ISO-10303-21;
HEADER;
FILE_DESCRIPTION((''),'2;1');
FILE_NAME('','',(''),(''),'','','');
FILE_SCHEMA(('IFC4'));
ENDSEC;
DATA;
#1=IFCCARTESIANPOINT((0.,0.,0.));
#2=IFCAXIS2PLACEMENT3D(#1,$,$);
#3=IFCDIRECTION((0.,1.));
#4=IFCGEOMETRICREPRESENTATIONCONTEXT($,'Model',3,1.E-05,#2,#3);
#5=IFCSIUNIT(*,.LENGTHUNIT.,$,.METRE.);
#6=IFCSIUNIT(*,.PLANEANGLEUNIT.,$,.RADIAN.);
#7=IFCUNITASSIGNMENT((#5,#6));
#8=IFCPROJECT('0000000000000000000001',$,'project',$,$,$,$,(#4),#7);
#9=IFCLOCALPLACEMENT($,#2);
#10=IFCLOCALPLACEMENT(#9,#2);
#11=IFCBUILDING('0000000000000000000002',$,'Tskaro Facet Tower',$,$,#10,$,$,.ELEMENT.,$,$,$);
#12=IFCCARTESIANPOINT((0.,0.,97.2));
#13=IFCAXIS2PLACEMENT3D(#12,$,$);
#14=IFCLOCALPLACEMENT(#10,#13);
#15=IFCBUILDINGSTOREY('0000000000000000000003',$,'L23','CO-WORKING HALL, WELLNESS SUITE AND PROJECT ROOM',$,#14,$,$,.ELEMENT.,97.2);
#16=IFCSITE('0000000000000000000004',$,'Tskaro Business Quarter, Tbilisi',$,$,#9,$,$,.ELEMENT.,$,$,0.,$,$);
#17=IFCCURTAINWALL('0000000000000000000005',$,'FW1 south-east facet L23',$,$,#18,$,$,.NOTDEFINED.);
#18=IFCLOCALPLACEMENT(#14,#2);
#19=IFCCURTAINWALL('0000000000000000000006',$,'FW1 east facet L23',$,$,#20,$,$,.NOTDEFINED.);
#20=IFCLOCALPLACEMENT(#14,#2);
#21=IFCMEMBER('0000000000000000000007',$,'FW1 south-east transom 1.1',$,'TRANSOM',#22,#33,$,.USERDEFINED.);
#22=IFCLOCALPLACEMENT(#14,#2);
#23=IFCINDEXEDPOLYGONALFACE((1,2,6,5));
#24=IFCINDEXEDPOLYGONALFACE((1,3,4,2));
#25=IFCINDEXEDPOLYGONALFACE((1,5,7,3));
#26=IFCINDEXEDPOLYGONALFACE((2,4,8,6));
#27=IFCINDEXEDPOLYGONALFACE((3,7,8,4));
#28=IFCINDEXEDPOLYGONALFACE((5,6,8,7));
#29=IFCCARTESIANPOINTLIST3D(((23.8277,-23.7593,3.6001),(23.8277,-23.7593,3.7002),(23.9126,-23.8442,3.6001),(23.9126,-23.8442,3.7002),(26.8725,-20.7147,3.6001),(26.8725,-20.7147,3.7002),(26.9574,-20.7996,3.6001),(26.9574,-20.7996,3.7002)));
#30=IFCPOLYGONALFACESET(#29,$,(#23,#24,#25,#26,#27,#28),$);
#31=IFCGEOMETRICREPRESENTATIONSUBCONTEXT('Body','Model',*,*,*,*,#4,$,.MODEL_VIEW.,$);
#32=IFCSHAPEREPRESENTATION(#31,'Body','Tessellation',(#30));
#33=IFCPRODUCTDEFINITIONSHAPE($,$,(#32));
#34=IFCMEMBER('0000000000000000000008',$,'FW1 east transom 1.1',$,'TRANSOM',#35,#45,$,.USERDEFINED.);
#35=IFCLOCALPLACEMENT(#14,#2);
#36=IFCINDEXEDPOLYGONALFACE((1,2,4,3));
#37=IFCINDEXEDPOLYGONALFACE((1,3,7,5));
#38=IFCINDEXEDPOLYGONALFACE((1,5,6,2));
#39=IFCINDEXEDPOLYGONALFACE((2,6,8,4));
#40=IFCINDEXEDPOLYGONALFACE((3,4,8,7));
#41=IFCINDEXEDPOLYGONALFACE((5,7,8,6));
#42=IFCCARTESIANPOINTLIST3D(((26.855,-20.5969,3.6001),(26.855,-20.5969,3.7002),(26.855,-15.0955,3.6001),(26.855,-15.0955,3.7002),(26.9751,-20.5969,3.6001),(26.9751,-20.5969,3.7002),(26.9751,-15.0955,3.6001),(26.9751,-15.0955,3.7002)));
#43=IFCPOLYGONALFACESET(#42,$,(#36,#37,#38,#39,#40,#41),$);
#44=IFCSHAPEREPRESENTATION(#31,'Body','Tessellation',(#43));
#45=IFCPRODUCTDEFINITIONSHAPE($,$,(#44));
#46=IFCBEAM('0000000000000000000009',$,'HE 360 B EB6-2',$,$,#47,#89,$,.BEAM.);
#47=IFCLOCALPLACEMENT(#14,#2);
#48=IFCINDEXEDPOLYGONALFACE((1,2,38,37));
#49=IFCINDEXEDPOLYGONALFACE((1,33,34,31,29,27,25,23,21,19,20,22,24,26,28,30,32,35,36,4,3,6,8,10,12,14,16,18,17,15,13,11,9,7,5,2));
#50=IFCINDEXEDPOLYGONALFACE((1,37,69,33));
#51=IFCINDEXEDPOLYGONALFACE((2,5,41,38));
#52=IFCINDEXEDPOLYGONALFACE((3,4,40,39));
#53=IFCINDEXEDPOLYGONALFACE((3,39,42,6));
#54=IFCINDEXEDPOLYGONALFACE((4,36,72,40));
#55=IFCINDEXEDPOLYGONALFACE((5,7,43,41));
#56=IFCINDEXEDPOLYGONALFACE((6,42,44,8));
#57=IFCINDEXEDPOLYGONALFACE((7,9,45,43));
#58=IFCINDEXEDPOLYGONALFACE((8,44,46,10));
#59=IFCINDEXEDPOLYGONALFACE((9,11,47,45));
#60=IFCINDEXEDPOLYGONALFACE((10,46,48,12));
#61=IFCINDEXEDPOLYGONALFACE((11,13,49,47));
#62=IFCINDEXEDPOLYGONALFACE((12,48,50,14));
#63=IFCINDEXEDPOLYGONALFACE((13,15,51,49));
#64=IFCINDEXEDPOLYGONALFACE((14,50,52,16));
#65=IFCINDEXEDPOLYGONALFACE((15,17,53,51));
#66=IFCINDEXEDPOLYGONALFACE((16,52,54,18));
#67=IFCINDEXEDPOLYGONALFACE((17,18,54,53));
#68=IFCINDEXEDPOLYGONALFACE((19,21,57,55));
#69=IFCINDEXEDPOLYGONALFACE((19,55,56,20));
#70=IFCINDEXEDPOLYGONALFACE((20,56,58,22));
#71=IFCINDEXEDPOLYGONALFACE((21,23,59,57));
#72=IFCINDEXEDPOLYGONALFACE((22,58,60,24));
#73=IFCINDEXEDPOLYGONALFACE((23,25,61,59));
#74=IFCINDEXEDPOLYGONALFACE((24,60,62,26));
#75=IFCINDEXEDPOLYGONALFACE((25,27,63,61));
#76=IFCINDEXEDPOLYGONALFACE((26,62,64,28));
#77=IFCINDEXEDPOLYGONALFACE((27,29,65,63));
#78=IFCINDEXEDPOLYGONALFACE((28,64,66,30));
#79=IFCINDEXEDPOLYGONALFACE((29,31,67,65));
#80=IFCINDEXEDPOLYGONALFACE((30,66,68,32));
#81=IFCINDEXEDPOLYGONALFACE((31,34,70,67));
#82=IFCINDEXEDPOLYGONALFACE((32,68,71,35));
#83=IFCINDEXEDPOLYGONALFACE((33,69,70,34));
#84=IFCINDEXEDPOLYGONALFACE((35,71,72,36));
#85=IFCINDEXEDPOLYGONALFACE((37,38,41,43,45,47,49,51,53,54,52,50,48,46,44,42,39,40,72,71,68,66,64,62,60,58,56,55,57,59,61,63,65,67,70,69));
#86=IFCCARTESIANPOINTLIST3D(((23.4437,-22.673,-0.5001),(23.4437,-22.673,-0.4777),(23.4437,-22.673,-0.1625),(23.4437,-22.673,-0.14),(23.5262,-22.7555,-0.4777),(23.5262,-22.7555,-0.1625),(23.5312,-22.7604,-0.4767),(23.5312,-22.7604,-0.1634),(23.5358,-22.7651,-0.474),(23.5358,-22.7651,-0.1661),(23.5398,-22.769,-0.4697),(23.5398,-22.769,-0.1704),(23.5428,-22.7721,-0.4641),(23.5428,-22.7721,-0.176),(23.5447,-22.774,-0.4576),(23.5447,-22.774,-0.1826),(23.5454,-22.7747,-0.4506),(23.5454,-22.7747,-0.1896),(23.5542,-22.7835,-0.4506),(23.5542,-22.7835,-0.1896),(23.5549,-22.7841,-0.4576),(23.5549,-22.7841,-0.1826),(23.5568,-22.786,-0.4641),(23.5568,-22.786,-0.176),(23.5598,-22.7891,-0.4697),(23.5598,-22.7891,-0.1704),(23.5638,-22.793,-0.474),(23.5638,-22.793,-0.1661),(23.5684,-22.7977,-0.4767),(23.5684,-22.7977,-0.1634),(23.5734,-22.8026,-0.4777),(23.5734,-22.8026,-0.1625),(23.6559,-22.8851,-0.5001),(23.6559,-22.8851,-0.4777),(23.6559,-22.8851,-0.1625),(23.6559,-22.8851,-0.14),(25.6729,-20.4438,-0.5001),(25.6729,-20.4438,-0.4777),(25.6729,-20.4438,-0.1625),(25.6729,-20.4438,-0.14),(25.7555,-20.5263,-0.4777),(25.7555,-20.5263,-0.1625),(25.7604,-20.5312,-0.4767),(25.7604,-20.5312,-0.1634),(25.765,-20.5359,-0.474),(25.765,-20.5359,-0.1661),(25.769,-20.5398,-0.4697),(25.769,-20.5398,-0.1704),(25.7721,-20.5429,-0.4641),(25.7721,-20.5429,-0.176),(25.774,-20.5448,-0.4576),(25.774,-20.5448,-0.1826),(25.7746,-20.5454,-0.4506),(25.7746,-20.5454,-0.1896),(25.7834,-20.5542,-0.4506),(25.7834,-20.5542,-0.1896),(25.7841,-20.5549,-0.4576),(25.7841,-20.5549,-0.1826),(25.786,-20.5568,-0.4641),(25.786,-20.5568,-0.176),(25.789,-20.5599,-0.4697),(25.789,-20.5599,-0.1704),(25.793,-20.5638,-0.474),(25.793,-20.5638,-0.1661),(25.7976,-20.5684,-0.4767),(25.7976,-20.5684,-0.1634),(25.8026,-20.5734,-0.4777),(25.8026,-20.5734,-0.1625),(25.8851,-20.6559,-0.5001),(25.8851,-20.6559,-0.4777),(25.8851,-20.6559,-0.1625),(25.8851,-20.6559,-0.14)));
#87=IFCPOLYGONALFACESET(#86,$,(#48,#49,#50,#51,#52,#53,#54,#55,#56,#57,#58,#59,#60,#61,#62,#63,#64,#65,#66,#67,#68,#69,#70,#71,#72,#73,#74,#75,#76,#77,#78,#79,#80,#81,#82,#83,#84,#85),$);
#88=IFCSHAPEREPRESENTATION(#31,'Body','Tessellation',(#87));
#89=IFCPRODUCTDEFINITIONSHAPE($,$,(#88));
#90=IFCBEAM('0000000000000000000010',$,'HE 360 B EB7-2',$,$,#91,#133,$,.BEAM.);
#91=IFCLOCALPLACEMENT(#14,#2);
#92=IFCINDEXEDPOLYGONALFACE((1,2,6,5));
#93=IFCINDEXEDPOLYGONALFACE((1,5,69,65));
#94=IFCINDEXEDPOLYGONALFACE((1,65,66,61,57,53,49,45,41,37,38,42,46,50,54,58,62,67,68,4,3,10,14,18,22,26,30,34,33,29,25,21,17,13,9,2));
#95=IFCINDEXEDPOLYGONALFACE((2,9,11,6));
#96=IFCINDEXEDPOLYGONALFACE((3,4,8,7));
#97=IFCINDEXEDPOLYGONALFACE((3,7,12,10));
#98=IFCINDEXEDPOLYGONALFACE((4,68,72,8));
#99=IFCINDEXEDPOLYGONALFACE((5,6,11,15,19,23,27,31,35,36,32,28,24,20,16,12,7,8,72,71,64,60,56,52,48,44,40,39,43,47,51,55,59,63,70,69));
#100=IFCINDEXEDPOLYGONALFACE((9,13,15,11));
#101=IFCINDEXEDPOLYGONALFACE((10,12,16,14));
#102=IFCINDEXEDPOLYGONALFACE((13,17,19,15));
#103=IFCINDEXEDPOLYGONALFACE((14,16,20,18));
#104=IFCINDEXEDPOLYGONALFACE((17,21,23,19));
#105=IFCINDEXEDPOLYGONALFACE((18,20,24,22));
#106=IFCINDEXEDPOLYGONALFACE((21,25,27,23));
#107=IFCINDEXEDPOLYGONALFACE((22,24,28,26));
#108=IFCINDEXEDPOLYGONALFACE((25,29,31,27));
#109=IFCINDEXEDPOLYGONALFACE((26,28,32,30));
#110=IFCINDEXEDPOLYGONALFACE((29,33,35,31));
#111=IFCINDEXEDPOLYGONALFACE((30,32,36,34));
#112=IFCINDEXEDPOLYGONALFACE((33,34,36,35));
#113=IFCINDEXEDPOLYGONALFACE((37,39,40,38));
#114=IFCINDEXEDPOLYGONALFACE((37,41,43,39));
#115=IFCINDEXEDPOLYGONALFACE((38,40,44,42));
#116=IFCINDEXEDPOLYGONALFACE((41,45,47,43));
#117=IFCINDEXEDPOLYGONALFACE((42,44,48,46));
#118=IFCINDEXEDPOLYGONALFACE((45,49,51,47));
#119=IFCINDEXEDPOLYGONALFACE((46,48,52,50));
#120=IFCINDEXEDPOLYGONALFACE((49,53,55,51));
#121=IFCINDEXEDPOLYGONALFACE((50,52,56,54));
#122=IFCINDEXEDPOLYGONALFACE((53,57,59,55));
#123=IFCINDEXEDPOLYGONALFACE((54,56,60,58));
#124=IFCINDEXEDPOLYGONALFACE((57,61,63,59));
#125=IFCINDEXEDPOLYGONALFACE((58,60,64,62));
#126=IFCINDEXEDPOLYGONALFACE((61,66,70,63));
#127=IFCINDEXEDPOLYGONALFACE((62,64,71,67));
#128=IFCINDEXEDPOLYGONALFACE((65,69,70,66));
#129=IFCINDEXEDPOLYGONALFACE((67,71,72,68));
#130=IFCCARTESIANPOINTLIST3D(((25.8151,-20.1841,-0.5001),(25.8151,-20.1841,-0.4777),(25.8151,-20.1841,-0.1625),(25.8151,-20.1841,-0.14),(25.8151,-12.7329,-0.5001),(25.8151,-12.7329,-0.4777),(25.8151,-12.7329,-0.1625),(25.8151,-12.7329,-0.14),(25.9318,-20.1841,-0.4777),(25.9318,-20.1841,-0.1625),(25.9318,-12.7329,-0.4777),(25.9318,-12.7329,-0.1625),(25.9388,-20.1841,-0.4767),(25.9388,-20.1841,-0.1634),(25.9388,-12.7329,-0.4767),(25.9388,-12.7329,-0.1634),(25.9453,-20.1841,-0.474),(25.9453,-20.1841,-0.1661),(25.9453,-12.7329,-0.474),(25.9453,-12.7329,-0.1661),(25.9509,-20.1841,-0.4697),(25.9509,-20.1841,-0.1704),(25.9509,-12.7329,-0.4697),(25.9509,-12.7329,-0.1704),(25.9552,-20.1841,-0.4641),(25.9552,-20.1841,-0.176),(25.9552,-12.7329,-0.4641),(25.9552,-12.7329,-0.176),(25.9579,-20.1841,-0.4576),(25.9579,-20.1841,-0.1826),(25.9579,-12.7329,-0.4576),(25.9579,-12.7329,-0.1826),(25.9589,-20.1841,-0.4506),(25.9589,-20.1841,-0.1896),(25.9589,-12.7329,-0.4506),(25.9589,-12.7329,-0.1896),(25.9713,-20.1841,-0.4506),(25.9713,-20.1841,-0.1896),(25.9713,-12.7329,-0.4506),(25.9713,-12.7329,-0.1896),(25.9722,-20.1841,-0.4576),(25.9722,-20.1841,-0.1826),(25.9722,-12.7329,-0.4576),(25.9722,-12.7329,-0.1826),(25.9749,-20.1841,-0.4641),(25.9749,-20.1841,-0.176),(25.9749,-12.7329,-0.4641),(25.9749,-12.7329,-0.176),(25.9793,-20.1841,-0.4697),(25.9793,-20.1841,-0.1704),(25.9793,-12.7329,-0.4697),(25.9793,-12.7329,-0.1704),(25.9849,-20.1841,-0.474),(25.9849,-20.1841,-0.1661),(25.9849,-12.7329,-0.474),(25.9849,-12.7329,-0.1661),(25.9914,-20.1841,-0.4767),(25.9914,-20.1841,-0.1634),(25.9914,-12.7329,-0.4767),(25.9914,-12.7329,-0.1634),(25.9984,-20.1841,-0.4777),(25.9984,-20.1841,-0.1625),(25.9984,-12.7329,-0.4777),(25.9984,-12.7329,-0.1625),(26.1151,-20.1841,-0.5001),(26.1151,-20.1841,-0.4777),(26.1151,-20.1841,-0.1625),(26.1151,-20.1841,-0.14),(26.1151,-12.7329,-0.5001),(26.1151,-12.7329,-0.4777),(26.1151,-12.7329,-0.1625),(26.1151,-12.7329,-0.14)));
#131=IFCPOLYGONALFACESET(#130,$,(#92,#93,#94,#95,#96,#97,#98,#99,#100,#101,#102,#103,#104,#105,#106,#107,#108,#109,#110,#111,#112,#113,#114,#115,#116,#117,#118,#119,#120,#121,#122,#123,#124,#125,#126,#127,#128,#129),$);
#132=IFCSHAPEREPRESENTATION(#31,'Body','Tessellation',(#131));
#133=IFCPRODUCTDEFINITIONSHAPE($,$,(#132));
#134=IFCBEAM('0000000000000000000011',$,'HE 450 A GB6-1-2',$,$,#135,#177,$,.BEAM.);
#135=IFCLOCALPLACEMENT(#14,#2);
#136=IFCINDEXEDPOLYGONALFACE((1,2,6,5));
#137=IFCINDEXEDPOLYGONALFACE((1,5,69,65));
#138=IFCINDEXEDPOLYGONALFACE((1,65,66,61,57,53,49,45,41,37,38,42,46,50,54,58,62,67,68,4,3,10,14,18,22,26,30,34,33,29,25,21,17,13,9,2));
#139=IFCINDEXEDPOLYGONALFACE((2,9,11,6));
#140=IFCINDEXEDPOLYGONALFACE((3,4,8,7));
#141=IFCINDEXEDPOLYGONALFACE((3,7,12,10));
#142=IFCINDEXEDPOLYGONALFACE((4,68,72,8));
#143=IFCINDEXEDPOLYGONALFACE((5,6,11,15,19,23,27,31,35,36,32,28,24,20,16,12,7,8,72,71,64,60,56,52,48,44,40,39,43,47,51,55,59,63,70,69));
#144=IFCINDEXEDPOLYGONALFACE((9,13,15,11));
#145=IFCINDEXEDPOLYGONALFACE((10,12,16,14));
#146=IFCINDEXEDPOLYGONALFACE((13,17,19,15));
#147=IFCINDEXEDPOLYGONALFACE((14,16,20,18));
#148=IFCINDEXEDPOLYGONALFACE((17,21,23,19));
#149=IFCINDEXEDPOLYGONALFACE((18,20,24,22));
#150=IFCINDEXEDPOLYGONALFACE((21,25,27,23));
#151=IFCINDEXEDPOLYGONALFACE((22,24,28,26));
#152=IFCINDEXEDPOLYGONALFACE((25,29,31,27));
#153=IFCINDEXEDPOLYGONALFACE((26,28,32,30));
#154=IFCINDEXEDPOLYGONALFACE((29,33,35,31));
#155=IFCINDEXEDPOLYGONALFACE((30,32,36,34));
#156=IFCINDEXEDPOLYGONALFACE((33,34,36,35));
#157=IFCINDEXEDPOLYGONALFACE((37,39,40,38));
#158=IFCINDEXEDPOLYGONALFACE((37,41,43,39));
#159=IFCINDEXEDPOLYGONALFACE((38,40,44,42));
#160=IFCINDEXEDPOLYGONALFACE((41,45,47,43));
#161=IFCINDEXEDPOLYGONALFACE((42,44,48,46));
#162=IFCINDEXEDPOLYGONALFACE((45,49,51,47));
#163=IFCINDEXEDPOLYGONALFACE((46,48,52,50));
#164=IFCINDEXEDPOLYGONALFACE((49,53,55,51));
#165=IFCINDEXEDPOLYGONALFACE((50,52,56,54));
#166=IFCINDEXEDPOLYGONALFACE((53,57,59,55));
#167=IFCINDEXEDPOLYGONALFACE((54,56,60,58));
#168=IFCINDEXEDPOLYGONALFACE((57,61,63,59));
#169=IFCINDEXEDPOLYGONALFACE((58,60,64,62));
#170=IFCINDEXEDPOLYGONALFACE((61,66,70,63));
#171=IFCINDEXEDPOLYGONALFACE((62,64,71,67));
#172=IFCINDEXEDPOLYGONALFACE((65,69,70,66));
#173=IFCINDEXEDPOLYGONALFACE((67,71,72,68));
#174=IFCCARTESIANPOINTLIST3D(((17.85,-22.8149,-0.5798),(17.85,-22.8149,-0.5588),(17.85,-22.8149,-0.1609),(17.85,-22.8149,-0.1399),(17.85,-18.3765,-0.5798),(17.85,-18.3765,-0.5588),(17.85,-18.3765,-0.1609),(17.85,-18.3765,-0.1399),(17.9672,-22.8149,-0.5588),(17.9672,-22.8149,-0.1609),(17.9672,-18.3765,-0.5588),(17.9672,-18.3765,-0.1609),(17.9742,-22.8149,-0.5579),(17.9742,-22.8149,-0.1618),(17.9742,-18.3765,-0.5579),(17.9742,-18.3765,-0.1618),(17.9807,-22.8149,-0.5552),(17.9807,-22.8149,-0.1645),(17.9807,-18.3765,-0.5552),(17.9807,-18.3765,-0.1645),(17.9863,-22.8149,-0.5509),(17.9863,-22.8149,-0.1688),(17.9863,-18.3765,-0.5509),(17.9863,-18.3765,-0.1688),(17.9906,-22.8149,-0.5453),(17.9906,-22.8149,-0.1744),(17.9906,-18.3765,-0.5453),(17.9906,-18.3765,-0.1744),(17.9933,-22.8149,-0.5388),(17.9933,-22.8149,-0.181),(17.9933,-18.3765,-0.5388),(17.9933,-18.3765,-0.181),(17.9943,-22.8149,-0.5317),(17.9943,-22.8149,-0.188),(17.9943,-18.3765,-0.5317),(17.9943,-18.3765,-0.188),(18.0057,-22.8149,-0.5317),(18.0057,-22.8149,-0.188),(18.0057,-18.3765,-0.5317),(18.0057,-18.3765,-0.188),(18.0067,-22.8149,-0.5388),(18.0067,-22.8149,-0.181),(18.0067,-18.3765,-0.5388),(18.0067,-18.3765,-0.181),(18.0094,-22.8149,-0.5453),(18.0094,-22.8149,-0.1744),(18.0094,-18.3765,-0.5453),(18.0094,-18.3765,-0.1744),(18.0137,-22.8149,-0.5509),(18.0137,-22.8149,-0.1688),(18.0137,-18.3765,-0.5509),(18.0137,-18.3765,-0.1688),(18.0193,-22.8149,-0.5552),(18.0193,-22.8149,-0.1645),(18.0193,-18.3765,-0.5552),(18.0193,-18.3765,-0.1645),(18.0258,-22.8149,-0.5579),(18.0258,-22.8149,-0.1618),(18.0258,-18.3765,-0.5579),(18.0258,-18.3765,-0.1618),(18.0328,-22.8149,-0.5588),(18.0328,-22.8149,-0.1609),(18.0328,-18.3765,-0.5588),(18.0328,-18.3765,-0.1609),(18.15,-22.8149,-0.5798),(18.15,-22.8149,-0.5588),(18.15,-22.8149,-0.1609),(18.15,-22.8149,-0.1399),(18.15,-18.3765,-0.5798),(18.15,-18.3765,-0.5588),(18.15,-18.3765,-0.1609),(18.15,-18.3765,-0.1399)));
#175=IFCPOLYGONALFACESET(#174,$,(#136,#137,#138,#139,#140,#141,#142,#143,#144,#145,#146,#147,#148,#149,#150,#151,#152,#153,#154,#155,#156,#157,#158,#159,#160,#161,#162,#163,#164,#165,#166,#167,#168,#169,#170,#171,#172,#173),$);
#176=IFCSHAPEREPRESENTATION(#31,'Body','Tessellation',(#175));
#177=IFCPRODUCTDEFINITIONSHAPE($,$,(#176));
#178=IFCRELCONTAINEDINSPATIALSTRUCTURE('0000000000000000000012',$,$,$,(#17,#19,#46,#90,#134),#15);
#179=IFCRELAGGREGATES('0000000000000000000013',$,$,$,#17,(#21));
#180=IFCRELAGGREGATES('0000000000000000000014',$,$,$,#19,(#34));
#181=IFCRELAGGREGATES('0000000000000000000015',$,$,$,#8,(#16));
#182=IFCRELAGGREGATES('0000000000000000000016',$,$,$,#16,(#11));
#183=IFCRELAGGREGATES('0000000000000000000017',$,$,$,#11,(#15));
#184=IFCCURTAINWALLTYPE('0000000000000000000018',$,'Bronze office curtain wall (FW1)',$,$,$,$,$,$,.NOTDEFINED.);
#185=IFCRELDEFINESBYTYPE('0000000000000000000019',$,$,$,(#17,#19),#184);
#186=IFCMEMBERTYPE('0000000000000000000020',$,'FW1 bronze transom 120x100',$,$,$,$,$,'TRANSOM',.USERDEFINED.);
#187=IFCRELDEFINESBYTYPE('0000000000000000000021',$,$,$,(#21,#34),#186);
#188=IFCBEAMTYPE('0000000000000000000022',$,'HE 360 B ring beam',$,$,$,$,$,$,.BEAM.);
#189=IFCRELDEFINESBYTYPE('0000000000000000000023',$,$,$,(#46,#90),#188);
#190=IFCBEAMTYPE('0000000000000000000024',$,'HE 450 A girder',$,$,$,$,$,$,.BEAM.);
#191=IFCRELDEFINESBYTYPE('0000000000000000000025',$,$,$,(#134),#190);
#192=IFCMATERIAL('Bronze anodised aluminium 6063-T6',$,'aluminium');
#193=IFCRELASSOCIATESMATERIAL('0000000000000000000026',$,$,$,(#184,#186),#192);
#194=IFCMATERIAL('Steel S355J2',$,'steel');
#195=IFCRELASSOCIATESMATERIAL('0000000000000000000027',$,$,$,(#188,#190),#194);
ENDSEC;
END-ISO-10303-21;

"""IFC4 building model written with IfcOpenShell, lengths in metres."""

from ifc_helpers import new_model, si_unit, direction, frame, origin, origin_2d, place, context, subcontext, project, spatial, rectangle, i_section, extrude, material, material_profile, profile_set, type_object, element, aggregate, save


model = new_model("IFC4")

# Units and contexts
model_context = context("Model", 3, precision=1e-05, world=origin(), true_north=direction((0.0, 1.0)))
body_context = subcontext(model_context, "Body", "Model", "MODEL_VIEW")
ifc_project = project(units=[si_unit("LENGTHUNIT", "METRE"), si_unit("PLANEANGLEUNIT", "RADIAN")], contexts=[model_context])

# Site, building, storey
site_placement = place(None, origin())
site = spatial("IfcSite", under=ifc_project, at=site_placement, Name="Tskaro Business Quarter, Tbilisi", CompositionType="ELEMENT", RefElevation=0.0)
building_placement = place(site_placement, origin())
building = spatial("IfcBuilding", under=site, at=building_placement, Name="Tskaro Facet Tower", CompositionType="ELEMENT")
storey_placement = place(building_placement, frame((0.0, 0.0, 97.2)))
storey = spatial("IfcBuildingStorey", under=building, at=storey_placement, Name="L23", Description="CO-WORKING HALL, WELLNESS SUITE AND PROJECT ROOM", CompositionType="ELEMENT", Elevation=97.2)

# Curtain walls
ifc_material_1 = material(Name="Bronze anodised aluminium 6063-T6", Category="aluminium")
curtain_wall_type = type_object("IfcCurtainWallType", Name="Bronze office curtain wall (FW1)", PredefinedType="NOTDEFINED", material=ifc_material_1)
curtain_wall_1_placement = place(storey_placement, origin())
curtain_wall_1 = element("IfcCurtainWall", 1, at=curtain_wall_1_placement, inside=storey, type_object=curtain_wall_type, Name="FW1 south-east facet L23", PredefinedType="NOTDEFINED")
curtain_wall_2_placement = place(storey_placement, origin())
curtain_wall_2 = element("IfcCurtainWall", 2, at=curtain_wall_2_placement, inside=storey, type_object=curtain_wall_type, Name="FW1 east facet L23", PredefinedType="NOTDEFINED")

# Shared definitions
ifc_material_profile_1 = material_profile(ifc_material_1, rectangle(XDim=0.1201, YDim=0.1001, at=origin_2d()), Name="Transom 120x100")
ifc_profile_set_1 = profile_set([ifc_material_profile_1], Name="Bronze anodised aluminium 6063-T6")
member_type_1 = type_object("IfcMemberType", Name="FW1 bronze transom 120x100", ElementType="TRANSOM", PredefinedType="USERDEFINED", material=ifc_profile_set_1)

# Members
member_1_placement = place(storey_placement, frame((23.8701, -23.8018, 3.6501), z_axis=(0.707135, 0.707078, 0.0), x_axis=(-0.707078, 0.707135, 0.0)))
member_1 = element("IfcMember", 3, at=member_1_placement, type_object=member_type_1, Name="FW1 south-east transom 1.1", ObjectType="TRANSOM", PredefinedType="USERDEFINED", context=body_context, shape_type="SweptSolid", body=[
    extrude(rectangle(XDim=0.1201, YDim=0.1001, at=origin_2d()), origin(), (0.0, 0.0, 1.0), 4.3059),
])
member_2_placement = place(storey_placement, frame((26.915, -20.5969, 3.6501), z_axis=(0.0, 1.0, 0.0), x_axis=(-1.0, 0.0, 0.0)))
member_2 = element("IfcMember", 4, at=member_2_placement, type_object=member_type_1, Name="FW1 east transom 1.1", ObjectType="TRANSOM", PredefinedType="USERDEFINED", context=body_context, shape_type="SweptSolid", body=[
    extrude(rectangle(XDim=0.1201, YDim=0.1001, at=origin_2d()), origin(), (0.0, 0.0, 1.0), 5.5015),
])

# Beams
ifc_material_2 = material(Name="Steel S355J2", Category="steel")
ifc_material_profile_2 = material_profile(ifc_material_2, i_section(OverallWidth=0.3, OverallDepth=0.3601, WebThickness=0.0125, FlangeThickness=0.0225, FilletRadius=0.0271, at=origin_2d()), Name="HE 360 B")
ifc_profile_set_2 = profile_set([ifc_material_profile_2], Name="Steel S355J2")
beam_type_1 = type_object("IfcBeamType", Name="HE 360 B ring beam", PredefinedType="BEAM", material=ifc_profile_set_2)
beam_1_placement = place(storey_placement, frame((23.5498, -22.7791, -0.3201), z_axis=(0.707107, 0.707107, 0.0), x_axis=(-0.707107, 0.707107, 0.0)))
element("IfcBeam", 5, at=beam_1_placement, inside=storey, type_object=beam_type_1, Name="HE 360 B EB6-2", PredefinedType="BEAM", context=body_context, shape_type="SweptSolid", body=[
    extrude(i_section(OverallWidth=0.3, OverallDepth=0.3601, WebThickness=0.0125, FlangeThickness=0.0225, FilletRadius=0.0271, at=origin_2d()), origin(), (0.0, 0.0, 1.0), 3.1526),
])
beam_2_placement = place(storey_placement, frame((25.9651, -20.1841, -0.3201), z_axis=(0.0, 1.0, 0.0), x_axis=(-1.0, 0.0, 0.0)))
element("IfcBeam", 6, at=beam_2_placement, inside=storey, type_object=beam_type_1, Name="HE 360 B EB7-2", PredefinedType="BEAM", context=body_context, shape_type="SweptSolid", body=[
    extrude(i_section(OverallWidth=0.3, OverallDepth=0.3601, WebThickness=0.0125, FlangeThickness=0.0225, FilletRadius=0.0271, at=origin_2d()), origin(), (0.0, 0.0, 1.0), 7.4512),
])
ifc_material_profile_3 = material_profile(ifc_material_2, i_section(OverallWidth=0.3, OverallDepth=0.4399, WebThickness=0.0115, FlangeThickness=0.021, FilletRadius=0.0271, at=origin_2d()), Name="HE 450 A")
ifc_profile_set_3 = profile_set([ifc_material_profile_3], Name="Steel S355J2")
beam_type_2 = type_object("IfcBeamType", Name="HE 450 A girder", PredefinedType="BEAM", material=ifc_profile_set_3)
beam_3_placement = place(storey_placement, frame((18.0, -22.8149, -0.3599), z_axis=(0.0, 1.0, 0.0), x_axis=(-1.0, 0.0, 0.0)))
element("IfcBeam", 7, at=beam_3_placement, inside=storey, type_object=beam_type_2, Name="HE 450 A GB6-1-2", PredefinedType="BEAM", context=body_context, shape_type="SweptSolid", body=[
    extrude(i_section(OverallWidth=0.3, OverallDepth=0.4399, WebThickness=0.0115, FlangeThickness=0.021, FilletRadius=0.0271, at=origin_2d()), origin(), (0.0, 0.0, 1.0), 4.4385),
])

aggregate(curtain_wall_1, [member_1])
aggregate(curtain_wall_2, [member_2])

save(model, "model.ifc")
